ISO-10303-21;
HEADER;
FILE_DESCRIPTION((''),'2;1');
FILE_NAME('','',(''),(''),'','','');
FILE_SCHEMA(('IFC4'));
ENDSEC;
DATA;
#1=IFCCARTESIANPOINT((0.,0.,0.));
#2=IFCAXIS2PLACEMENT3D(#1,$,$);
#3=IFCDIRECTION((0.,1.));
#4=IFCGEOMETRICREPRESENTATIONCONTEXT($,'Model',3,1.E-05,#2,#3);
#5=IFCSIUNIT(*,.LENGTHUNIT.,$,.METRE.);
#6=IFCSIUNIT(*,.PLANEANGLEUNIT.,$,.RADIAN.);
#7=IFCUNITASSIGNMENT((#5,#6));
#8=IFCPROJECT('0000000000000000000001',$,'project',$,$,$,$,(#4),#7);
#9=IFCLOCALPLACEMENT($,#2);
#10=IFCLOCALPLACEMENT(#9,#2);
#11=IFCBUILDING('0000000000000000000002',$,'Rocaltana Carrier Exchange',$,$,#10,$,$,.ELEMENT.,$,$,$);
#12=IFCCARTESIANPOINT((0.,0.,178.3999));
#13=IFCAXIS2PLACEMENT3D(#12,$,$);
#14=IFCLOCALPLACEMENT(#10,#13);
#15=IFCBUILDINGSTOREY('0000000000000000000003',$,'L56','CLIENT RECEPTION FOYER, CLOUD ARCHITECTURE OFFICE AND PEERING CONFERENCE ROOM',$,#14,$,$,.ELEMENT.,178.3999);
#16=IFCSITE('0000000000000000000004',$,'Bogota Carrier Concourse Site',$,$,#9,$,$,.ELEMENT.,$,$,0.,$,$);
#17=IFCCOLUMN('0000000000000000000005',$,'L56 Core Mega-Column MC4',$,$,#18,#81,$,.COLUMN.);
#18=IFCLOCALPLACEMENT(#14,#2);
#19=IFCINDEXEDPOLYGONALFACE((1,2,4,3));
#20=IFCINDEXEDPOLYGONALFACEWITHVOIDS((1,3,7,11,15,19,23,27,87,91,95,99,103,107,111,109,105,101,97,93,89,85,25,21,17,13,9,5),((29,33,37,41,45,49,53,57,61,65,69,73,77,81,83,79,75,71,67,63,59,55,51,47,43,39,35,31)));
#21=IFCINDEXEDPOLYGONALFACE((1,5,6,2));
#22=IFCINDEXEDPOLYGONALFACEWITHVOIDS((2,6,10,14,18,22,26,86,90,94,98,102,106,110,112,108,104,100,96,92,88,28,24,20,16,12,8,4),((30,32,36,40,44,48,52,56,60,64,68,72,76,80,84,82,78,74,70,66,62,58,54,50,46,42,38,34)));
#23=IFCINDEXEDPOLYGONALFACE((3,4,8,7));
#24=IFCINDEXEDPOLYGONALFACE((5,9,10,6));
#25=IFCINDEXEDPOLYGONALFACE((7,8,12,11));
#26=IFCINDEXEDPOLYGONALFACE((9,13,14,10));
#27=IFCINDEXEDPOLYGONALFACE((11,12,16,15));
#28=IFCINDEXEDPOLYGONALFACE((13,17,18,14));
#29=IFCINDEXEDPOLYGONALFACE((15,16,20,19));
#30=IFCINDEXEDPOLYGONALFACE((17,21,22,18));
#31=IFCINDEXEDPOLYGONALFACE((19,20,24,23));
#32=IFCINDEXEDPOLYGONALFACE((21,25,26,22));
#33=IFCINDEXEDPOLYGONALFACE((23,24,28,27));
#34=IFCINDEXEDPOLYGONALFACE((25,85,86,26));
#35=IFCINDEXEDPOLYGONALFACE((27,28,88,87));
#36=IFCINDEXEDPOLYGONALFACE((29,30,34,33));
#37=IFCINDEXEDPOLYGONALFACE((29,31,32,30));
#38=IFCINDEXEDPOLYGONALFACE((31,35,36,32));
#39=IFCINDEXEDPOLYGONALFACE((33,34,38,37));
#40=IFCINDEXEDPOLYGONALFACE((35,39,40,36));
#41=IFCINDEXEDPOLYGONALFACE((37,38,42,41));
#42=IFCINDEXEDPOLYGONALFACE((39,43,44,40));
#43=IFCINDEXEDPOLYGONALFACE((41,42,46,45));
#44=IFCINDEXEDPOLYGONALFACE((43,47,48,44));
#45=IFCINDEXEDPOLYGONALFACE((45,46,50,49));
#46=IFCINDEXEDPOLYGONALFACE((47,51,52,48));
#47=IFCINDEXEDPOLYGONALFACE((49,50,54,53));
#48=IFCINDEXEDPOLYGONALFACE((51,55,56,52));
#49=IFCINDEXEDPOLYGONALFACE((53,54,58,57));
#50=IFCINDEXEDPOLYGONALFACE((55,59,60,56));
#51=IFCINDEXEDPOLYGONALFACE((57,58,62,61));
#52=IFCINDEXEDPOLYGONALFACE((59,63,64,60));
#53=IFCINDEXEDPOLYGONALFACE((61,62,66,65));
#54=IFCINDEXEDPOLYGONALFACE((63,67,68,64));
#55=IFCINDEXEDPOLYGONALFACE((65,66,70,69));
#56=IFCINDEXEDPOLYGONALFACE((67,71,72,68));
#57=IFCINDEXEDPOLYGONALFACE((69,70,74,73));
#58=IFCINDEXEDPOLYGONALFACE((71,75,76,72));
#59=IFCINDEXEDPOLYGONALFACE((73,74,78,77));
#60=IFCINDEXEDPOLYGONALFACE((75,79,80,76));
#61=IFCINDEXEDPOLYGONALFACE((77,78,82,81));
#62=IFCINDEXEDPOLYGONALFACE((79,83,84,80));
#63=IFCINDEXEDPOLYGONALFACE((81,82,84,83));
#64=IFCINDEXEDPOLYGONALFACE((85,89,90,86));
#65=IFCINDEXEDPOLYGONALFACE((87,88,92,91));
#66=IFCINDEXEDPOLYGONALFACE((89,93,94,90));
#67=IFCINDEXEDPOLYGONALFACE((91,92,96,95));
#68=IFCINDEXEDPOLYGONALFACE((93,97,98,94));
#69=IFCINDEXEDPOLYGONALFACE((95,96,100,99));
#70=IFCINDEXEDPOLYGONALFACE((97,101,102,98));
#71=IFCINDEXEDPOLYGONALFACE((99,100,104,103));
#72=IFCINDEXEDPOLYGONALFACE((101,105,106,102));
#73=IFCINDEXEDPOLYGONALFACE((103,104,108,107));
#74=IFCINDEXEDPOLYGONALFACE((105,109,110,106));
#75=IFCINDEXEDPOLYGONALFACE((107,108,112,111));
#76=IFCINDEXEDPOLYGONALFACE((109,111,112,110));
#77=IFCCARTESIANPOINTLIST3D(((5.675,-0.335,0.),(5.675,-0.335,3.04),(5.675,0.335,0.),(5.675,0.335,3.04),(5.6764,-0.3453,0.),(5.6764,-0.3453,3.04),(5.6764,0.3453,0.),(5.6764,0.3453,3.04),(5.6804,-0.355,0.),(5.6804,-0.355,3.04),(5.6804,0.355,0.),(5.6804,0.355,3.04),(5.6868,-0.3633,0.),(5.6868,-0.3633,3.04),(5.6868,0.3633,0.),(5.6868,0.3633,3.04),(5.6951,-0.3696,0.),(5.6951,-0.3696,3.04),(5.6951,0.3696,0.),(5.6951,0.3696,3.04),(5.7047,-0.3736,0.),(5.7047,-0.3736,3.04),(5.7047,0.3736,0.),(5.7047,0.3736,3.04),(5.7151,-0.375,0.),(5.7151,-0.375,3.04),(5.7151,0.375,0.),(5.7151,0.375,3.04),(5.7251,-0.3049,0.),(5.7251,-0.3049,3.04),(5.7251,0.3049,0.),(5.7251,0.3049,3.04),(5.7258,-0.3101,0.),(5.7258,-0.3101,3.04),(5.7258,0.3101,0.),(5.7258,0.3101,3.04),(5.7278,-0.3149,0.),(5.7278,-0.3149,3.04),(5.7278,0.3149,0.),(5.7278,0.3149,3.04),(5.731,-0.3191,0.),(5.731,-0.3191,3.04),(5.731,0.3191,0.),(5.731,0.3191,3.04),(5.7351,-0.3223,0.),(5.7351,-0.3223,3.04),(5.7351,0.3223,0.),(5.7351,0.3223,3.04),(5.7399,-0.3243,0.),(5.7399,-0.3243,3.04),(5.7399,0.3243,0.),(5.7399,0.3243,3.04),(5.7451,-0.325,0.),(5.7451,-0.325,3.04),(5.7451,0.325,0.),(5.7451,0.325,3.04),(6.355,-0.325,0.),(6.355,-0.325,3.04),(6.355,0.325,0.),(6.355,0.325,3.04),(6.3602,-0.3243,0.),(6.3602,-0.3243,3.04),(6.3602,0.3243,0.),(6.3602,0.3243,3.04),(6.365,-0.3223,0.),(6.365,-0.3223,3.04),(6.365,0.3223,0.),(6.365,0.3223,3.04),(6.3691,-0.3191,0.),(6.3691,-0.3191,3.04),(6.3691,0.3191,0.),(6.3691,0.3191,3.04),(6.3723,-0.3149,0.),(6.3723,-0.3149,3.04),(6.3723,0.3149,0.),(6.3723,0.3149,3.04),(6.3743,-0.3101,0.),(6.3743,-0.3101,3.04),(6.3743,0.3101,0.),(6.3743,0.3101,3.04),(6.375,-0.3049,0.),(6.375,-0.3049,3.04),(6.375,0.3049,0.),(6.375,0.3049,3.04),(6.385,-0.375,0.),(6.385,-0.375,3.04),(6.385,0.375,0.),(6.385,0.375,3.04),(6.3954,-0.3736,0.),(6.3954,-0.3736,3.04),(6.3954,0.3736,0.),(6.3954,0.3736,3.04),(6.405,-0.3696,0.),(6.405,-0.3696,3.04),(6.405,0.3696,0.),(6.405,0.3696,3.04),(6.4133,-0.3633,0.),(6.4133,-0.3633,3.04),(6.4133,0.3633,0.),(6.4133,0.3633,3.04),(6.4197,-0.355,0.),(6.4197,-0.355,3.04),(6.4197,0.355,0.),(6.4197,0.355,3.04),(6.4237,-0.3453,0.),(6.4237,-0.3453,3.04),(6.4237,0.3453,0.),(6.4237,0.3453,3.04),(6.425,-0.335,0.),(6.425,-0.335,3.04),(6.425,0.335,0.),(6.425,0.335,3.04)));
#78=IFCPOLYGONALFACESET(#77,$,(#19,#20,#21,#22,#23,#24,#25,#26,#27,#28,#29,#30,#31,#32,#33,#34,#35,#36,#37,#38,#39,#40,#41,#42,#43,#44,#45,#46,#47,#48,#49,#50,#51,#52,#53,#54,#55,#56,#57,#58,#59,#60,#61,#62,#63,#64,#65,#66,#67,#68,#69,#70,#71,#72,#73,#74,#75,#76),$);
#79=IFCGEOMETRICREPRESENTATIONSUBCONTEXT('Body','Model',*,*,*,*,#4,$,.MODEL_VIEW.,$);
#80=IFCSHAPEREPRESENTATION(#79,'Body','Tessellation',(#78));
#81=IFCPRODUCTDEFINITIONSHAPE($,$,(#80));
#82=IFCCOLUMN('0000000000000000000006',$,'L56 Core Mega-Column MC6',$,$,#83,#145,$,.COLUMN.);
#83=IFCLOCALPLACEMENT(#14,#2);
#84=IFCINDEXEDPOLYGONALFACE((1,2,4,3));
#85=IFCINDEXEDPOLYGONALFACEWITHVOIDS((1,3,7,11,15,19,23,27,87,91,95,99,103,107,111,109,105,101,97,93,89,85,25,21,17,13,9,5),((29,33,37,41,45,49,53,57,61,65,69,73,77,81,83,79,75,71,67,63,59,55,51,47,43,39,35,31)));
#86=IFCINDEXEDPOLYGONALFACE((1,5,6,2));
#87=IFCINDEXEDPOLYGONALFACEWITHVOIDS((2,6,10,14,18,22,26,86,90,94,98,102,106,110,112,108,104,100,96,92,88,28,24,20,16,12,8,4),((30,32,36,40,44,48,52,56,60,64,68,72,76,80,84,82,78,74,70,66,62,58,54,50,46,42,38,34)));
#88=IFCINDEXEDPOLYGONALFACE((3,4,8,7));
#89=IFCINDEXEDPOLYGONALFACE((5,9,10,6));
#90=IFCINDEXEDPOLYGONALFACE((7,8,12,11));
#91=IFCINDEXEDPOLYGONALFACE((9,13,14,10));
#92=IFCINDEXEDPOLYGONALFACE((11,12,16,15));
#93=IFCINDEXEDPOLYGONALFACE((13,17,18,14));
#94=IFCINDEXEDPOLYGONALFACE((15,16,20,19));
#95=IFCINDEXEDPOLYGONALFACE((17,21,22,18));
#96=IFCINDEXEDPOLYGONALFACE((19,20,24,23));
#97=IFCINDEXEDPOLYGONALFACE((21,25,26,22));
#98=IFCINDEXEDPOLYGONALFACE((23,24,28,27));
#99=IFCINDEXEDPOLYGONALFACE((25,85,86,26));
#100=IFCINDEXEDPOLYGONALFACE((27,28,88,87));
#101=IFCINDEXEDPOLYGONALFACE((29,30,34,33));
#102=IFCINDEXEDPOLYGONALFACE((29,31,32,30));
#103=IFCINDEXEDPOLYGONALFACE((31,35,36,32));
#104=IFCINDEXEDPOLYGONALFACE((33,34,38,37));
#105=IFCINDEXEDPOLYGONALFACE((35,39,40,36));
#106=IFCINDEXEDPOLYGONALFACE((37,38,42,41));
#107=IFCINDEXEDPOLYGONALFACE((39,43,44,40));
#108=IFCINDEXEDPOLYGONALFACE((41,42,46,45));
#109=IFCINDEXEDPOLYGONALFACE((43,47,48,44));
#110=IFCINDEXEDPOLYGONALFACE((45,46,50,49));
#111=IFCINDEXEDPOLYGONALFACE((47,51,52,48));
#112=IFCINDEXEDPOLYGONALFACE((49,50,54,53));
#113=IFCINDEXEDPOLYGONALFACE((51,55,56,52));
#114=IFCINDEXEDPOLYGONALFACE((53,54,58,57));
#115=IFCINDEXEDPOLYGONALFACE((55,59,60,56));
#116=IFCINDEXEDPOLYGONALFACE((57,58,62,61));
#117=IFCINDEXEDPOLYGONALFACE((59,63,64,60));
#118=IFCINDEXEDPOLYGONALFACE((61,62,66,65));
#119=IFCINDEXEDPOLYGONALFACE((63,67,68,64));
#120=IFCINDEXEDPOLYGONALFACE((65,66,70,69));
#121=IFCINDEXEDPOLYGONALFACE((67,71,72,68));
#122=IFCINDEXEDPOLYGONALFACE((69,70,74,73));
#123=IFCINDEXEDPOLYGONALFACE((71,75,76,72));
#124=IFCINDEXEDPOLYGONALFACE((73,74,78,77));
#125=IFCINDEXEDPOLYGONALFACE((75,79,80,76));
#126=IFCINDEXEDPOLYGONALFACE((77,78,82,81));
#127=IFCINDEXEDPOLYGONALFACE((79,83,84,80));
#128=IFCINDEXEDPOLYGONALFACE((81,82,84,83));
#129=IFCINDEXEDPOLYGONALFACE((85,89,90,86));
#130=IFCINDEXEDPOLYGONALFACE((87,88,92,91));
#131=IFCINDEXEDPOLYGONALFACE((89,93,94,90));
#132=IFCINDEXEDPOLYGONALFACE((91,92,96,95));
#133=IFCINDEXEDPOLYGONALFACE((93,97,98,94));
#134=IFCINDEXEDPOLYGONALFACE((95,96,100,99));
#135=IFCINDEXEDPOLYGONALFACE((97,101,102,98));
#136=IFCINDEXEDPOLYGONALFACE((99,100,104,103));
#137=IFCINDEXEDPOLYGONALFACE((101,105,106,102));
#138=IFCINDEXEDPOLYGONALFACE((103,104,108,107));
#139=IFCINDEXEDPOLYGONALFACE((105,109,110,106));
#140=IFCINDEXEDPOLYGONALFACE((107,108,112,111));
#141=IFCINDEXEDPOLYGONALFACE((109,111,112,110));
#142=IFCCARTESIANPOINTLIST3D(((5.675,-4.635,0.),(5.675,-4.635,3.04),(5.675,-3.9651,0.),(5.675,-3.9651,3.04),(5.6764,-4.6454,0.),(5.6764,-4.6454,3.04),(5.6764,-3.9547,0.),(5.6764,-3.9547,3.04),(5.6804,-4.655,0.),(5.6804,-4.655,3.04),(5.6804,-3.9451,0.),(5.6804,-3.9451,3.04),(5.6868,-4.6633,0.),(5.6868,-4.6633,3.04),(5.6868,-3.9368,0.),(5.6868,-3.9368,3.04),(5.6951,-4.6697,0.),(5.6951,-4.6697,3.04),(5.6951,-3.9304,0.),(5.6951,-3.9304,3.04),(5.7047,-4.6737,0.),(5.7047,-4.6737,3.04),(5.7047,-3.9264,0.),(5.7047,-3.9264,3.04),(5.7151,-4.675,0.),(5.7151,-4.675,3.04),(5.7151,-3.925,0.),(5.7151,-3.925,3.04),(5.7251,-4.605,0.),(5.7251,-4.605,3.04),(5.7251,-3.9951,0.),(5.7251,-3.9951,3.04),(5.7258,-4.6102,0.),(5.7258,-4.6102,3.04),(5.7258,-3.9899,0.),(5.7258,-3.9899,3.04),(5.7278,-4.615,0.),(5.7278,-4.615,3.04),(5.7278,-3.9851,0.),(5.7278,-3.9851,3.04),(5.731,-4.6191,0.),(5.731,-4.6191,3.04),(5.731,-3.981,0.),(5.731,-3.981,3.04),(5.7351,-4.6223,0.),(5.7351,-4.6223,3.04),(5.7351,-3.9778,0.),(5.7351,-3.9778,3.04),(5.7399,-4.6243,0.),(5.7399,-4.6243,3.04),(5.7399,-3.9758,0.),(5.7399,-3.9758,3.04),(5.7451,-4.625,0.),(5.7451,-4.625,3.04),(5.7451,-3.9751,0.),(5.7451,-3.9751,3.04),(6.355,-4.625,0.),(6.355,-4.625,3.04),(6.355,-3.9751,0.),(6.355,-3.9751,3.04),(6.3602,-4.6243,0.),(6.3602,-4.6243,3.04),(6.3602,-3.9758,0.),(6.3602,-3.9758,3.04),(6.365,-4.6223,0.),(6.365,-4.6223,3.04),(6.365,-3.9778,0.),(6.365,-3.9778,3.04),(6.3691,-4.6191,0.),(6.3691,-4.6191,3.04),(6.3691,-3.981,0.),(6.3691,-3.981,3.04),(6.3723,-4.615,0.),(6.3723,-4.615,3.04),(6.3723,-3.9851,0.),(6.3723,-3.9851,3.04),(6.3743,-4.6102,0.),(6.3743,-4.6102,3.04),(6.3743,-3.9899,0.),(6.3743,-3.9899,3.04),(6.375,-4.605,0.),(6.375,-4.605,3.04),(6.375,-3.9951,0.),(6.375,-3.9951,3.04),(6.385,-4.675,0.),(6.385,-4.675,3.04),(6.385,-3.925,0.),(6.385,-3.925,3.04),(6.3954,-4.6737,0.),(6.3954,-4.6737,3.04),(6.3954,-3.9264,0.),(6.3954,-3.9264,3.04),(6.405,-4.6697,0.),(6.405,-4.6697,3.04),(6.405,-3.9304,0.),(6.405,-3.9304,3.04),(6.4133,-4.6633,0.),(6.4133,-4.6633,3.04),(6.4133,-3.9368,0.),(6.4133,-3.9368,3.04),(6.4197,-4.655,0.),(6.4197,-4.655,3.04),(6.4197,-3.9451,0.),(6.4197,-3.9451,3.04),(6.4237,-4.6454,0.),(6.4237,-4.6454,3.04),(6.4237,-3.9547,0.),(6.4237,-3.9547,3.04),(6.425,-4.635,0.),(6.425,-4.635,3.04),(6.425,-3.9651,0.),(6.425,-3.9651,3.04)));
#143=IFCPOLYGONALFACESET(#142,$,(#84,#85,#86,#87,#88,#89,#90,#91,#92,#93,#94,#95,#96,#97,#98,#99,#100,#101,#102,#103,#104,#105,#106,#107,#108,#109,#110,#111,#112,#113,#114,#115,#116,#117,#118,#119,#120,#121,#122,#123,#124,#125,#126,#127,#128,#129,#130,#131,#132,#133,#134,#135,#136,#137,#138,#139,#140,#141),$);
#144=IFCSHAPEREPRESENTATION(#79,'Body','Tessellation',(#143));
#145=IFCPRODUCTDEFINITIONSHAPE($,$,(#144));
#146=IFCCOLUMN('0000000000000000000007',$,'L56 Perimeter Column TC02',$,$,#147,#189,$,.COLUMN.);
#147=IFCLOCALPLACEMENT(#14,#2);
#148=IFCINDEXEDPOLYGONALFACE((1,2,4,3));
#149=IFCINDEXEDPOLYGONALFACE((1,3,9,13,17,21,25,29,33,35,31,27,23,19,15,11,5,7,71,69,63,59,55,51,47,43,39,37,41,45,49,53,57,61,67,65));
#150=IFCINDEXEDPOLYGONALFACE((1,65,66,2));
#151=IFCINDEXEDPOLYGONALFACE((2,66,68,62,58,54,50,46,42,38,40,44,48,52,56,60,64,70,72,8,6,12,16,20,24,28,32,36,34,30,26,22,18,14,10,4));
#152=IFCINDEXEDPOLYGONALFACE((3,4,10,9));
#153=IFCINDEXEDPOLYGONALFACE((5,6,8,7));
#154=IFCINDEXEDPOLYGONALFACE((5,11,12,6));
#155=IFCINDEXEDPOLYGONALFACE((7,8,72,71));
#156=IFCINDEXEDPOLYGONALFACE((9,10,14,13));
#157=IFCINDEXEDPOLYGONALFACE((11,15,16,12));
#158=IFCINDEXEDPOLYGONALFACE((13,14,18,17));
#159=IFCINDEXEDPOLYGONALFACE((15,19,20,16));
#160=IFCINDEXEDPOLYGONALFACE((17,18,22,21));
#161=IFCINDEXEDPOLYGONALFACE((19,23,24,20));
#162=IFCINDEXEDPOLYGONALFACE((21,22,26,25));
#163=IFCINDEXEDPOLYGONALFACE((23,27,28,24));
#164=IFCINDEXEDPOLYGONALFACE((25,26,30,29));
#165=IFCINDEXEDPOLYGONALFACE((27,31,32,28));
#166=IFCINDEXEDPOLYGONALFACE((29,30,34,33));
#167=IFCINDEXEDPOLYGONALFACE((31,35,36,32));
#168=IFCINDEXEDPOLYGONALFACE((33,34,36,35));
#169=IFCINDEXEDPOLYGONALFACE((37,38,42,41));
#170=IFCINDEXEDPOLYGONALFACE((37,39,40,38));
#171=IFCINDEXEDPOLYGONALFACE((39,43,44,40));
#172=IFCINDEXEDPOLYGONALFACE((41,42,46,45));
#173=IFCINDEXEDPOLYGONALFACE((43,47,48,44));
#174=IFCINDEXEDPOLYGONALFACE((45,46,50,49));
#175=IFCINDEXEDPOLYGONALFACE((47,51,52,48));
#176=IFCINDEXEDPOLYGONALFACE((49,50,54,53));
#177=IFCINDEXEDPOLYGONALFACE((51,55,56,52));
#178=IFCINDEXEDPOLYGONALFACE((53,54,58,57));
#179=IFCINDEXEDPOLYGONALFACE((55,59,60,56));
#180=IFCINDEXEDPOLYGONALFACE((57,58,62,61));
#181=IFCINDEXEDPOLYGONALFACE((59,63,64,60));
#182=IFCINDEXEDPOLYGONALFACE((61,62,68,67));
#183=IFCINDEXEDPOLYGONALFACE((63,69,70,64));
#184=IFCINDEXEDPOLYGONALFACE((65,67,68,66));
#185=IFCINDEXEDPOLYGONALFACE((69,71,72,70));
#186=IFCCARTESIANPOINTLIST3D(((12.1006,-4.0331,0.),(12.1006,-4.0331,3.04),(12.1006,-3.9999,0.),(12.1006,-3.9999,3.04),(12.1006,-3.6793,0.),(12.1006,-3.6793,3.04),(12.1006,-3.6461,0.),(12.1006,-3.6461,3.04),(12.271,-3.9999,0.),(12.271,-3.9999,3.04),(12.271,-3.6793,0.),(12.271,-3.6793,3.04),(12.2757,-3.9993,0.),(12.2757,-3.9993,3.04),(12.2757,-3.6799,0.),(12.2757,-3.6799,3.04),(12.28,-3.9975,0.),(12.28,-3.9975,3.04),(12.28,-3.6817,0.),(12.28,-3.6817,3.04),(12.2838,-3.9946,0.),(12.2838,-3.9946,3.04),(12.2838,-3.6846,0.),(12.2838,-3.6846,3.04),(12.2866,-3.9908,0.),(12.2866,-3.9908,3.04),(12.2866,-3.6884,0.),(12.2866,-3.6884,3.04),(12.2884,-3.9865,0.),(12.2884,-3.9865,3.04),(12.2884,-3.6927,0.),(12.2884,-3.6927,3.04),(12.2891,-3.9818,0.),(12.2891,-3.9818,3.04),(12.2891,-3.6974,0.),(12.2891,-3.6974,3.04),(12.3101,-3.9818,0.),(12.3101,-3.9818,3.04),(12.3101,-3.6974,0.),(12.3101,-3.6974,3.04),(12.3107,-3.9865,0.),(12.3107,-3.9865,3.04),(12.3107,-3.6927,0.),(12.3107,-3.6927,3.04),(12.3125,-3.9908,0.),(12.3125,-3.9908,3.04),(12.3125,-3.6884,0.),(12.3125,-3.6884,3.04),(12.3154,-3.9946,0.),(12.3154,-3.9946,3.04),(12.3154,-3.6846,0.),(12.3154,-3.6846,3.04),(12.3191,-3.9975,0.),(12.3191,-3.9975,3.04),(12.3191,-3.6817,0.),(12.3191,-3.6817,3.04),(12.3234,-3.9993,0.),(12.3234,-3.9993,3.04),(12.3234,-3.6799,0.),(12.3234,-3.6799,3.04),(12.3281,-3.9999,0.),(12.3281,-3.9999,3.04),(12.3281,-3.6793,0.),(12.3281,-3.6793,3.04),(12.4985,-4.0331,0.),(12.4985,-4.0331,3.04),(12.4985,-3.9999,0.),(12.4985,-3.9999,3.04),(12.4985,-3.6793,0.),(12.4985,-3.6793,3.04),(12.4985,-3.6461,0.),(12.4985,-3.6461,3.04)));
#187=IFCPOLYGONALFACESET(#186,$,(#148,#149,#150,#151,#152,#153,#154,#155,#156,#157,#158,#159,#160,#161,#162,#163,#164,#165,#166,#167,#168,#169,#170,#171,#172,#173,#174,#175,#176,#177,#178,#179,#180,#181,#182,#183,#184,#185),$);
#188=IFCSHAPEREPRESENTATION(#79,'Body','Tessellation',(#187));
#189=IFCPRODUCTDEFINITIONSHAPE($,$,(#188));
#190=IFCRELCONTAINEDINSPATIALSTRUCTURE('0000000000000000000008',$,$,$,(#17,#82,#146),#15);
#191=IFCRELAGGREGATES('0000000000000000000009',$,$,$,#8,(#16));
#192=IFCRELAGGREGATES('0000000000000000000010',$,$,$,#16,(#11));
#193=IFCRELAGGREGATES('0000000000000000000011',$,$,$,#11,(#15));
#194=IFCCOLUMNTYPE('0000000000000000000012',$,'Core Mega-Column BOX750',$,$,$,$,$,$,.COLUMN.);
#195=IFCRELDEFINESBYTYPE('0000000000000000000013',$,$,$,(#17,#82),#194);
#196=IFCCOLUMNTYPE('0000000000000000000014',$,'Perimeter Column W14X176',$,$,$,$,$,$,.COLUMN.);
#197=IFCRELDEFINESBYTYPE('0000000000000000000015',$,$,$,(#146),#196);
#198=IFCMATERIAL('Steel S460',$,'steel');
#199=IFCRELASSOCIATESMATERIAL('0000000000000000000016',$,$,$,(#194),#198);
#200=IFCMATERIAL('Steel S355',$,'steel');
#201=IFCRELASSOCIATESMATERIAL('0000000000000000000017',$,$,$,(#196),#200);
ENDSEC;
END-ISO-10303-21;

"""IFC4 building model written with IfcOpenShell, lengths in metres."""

from ifc_helpers import new_model, si_unit, direction, frame, origin, origin_2d, place, context, subcontext, project, spatial, hollow_rectangle, i_section, extrude, material, material_profile, profile_set, type_object, element, save


model = new_model("IFC4")

# Units and contexts
model_context = context("Model", 3, precision=1e-05, world=origin(), true_north=direction((0.0, 1.0)))
body_context = subcontext(model_context, "Body", "Model", "MODEL_VIEW")
ifc_project = project(units=[si_unit("LENGTHUNIT", "METRE"), si_unit("PLANEANGLEUNIT", "RADIAN")], contexts=[model_context])

# Site, building, storey
site_placement = place(None, origin())
site = spatial("IfcSite", under=ifc_project, at=site_placement, Name="Bogota Carrier Concourse Site", CompositionType="ELEMENT", RefElevation=0.0)
building_placement = place(site_placement, origin())
building = spatial("IfcBuilding", under=site, at=building_placement, Name="Rocaltana Carrier Exchange", CompositionType="ELEMENT")
storey_placement = place(building_placement, frame((0.0, 0.0, 178.3999)))
storey = spatial("IfcBuildingStorey", under=building, at=storey_placement, Name="L56", Description="CLIENT RECEPTION FOYER, CLOUD ARCHITECTURE OFFICE AND PEERING CONFERENCE ROOM", CompositionType="ELEMENT", Elevation=178.3999)

# Columns
ifc_material_1 = material(Name="Steel S460", Category="steel")
ifc_material_profile_1 = material_profile(ifc_material_1, hollow_rectangle(XDim=0.75, YDim=0.75, WallThickness=0.05, InnerFilletRadius=0.02, OuterFilletRadius=0.04, at=origin_2d()), Name="BOX750X750X50")
ifc_profile_set_1 = profile_set([ifc_material_profile_1], Name="Steel S460")
column_type_1 = type_object("IfcColumnType", Name="Core Mega-Column BOX750", PredefinedType="COLUMN", material=ifc_profile_set_1)
for number, where, z_axis, x_axis, name in (
    (1, (6.05, 0.0, 0.0), (0.0, 0.0, 1.0), (1.0, 0.0, 0.0), "L56 Core Mega-Column MC4"),
    (2, (6.05, -4.3, 0.0), (0.0, 0.0, 1.0), (1.0, 0.0, 0.0), "L56 Core Mega-Column MC6"),
):
    element("IfcColumn", number, at=place(storey_placement, frame(where, z_axis=z_axis, x_axis=x_axis)), inside=storey, type_object=column_type_1, Name=name, PredefinedType="COLUMN", context=body_context, shape_type="SweptSolid", body=[
        extrude(hollow_rectangle(XDim=0.75, YDim=0.75, WallThickness=0.05, InnerFilletRadius=0.02, OuterFilletRadius=0.04, at=origin_2d()), origin(), (0.0, 0.0, 1.0), 3.04),
    ])
ifc_material_2 = material(Name="Steel S355", Category="steel")
ifc_material_profile_2 = material_profile(ifc_material_2, i_section(OverallWidth=0.3979, OverallDepth=0.387, WebThickness=0.021, FlangeThickness=0.0332, FilletRadius=0.0181, at=origin_2d()), Name="W14X176")
ifc_profile_set_2 = profile_set([ifc_material_profile_2], Name="Steel S355")
column_type_2 = type_object("IfcColumnType", Name="Perimeter Column W14X176", PredefinedType="COLUMN", material=ifc_profile_set_2)
column_placement = place(storey_placement, frame((12.2996, -3.8396, 0.0), z_axis=(0.0, 0.0, 1.0), x_axis=(1.0, 0.0, 0.0)))
element("IfcColumn", 3, at=column_placement, inside=storey, type_object=column_type_2, Name="L56 Perimeter Column TC02", PredefinedType="COLUMN", context=body_context, shape_type="SweptSolid", body=[
    extrude(i_section(OverallWidth=0.3979, OverallDepth=0.387, WebThickness=0.021, FlangeThickness=0.0332, FilletRadius=0.0181, at=origin_2d()), origin(), (0.0, 0.0, 1.0), 3.04),
])

save(model, "model.ifc")
